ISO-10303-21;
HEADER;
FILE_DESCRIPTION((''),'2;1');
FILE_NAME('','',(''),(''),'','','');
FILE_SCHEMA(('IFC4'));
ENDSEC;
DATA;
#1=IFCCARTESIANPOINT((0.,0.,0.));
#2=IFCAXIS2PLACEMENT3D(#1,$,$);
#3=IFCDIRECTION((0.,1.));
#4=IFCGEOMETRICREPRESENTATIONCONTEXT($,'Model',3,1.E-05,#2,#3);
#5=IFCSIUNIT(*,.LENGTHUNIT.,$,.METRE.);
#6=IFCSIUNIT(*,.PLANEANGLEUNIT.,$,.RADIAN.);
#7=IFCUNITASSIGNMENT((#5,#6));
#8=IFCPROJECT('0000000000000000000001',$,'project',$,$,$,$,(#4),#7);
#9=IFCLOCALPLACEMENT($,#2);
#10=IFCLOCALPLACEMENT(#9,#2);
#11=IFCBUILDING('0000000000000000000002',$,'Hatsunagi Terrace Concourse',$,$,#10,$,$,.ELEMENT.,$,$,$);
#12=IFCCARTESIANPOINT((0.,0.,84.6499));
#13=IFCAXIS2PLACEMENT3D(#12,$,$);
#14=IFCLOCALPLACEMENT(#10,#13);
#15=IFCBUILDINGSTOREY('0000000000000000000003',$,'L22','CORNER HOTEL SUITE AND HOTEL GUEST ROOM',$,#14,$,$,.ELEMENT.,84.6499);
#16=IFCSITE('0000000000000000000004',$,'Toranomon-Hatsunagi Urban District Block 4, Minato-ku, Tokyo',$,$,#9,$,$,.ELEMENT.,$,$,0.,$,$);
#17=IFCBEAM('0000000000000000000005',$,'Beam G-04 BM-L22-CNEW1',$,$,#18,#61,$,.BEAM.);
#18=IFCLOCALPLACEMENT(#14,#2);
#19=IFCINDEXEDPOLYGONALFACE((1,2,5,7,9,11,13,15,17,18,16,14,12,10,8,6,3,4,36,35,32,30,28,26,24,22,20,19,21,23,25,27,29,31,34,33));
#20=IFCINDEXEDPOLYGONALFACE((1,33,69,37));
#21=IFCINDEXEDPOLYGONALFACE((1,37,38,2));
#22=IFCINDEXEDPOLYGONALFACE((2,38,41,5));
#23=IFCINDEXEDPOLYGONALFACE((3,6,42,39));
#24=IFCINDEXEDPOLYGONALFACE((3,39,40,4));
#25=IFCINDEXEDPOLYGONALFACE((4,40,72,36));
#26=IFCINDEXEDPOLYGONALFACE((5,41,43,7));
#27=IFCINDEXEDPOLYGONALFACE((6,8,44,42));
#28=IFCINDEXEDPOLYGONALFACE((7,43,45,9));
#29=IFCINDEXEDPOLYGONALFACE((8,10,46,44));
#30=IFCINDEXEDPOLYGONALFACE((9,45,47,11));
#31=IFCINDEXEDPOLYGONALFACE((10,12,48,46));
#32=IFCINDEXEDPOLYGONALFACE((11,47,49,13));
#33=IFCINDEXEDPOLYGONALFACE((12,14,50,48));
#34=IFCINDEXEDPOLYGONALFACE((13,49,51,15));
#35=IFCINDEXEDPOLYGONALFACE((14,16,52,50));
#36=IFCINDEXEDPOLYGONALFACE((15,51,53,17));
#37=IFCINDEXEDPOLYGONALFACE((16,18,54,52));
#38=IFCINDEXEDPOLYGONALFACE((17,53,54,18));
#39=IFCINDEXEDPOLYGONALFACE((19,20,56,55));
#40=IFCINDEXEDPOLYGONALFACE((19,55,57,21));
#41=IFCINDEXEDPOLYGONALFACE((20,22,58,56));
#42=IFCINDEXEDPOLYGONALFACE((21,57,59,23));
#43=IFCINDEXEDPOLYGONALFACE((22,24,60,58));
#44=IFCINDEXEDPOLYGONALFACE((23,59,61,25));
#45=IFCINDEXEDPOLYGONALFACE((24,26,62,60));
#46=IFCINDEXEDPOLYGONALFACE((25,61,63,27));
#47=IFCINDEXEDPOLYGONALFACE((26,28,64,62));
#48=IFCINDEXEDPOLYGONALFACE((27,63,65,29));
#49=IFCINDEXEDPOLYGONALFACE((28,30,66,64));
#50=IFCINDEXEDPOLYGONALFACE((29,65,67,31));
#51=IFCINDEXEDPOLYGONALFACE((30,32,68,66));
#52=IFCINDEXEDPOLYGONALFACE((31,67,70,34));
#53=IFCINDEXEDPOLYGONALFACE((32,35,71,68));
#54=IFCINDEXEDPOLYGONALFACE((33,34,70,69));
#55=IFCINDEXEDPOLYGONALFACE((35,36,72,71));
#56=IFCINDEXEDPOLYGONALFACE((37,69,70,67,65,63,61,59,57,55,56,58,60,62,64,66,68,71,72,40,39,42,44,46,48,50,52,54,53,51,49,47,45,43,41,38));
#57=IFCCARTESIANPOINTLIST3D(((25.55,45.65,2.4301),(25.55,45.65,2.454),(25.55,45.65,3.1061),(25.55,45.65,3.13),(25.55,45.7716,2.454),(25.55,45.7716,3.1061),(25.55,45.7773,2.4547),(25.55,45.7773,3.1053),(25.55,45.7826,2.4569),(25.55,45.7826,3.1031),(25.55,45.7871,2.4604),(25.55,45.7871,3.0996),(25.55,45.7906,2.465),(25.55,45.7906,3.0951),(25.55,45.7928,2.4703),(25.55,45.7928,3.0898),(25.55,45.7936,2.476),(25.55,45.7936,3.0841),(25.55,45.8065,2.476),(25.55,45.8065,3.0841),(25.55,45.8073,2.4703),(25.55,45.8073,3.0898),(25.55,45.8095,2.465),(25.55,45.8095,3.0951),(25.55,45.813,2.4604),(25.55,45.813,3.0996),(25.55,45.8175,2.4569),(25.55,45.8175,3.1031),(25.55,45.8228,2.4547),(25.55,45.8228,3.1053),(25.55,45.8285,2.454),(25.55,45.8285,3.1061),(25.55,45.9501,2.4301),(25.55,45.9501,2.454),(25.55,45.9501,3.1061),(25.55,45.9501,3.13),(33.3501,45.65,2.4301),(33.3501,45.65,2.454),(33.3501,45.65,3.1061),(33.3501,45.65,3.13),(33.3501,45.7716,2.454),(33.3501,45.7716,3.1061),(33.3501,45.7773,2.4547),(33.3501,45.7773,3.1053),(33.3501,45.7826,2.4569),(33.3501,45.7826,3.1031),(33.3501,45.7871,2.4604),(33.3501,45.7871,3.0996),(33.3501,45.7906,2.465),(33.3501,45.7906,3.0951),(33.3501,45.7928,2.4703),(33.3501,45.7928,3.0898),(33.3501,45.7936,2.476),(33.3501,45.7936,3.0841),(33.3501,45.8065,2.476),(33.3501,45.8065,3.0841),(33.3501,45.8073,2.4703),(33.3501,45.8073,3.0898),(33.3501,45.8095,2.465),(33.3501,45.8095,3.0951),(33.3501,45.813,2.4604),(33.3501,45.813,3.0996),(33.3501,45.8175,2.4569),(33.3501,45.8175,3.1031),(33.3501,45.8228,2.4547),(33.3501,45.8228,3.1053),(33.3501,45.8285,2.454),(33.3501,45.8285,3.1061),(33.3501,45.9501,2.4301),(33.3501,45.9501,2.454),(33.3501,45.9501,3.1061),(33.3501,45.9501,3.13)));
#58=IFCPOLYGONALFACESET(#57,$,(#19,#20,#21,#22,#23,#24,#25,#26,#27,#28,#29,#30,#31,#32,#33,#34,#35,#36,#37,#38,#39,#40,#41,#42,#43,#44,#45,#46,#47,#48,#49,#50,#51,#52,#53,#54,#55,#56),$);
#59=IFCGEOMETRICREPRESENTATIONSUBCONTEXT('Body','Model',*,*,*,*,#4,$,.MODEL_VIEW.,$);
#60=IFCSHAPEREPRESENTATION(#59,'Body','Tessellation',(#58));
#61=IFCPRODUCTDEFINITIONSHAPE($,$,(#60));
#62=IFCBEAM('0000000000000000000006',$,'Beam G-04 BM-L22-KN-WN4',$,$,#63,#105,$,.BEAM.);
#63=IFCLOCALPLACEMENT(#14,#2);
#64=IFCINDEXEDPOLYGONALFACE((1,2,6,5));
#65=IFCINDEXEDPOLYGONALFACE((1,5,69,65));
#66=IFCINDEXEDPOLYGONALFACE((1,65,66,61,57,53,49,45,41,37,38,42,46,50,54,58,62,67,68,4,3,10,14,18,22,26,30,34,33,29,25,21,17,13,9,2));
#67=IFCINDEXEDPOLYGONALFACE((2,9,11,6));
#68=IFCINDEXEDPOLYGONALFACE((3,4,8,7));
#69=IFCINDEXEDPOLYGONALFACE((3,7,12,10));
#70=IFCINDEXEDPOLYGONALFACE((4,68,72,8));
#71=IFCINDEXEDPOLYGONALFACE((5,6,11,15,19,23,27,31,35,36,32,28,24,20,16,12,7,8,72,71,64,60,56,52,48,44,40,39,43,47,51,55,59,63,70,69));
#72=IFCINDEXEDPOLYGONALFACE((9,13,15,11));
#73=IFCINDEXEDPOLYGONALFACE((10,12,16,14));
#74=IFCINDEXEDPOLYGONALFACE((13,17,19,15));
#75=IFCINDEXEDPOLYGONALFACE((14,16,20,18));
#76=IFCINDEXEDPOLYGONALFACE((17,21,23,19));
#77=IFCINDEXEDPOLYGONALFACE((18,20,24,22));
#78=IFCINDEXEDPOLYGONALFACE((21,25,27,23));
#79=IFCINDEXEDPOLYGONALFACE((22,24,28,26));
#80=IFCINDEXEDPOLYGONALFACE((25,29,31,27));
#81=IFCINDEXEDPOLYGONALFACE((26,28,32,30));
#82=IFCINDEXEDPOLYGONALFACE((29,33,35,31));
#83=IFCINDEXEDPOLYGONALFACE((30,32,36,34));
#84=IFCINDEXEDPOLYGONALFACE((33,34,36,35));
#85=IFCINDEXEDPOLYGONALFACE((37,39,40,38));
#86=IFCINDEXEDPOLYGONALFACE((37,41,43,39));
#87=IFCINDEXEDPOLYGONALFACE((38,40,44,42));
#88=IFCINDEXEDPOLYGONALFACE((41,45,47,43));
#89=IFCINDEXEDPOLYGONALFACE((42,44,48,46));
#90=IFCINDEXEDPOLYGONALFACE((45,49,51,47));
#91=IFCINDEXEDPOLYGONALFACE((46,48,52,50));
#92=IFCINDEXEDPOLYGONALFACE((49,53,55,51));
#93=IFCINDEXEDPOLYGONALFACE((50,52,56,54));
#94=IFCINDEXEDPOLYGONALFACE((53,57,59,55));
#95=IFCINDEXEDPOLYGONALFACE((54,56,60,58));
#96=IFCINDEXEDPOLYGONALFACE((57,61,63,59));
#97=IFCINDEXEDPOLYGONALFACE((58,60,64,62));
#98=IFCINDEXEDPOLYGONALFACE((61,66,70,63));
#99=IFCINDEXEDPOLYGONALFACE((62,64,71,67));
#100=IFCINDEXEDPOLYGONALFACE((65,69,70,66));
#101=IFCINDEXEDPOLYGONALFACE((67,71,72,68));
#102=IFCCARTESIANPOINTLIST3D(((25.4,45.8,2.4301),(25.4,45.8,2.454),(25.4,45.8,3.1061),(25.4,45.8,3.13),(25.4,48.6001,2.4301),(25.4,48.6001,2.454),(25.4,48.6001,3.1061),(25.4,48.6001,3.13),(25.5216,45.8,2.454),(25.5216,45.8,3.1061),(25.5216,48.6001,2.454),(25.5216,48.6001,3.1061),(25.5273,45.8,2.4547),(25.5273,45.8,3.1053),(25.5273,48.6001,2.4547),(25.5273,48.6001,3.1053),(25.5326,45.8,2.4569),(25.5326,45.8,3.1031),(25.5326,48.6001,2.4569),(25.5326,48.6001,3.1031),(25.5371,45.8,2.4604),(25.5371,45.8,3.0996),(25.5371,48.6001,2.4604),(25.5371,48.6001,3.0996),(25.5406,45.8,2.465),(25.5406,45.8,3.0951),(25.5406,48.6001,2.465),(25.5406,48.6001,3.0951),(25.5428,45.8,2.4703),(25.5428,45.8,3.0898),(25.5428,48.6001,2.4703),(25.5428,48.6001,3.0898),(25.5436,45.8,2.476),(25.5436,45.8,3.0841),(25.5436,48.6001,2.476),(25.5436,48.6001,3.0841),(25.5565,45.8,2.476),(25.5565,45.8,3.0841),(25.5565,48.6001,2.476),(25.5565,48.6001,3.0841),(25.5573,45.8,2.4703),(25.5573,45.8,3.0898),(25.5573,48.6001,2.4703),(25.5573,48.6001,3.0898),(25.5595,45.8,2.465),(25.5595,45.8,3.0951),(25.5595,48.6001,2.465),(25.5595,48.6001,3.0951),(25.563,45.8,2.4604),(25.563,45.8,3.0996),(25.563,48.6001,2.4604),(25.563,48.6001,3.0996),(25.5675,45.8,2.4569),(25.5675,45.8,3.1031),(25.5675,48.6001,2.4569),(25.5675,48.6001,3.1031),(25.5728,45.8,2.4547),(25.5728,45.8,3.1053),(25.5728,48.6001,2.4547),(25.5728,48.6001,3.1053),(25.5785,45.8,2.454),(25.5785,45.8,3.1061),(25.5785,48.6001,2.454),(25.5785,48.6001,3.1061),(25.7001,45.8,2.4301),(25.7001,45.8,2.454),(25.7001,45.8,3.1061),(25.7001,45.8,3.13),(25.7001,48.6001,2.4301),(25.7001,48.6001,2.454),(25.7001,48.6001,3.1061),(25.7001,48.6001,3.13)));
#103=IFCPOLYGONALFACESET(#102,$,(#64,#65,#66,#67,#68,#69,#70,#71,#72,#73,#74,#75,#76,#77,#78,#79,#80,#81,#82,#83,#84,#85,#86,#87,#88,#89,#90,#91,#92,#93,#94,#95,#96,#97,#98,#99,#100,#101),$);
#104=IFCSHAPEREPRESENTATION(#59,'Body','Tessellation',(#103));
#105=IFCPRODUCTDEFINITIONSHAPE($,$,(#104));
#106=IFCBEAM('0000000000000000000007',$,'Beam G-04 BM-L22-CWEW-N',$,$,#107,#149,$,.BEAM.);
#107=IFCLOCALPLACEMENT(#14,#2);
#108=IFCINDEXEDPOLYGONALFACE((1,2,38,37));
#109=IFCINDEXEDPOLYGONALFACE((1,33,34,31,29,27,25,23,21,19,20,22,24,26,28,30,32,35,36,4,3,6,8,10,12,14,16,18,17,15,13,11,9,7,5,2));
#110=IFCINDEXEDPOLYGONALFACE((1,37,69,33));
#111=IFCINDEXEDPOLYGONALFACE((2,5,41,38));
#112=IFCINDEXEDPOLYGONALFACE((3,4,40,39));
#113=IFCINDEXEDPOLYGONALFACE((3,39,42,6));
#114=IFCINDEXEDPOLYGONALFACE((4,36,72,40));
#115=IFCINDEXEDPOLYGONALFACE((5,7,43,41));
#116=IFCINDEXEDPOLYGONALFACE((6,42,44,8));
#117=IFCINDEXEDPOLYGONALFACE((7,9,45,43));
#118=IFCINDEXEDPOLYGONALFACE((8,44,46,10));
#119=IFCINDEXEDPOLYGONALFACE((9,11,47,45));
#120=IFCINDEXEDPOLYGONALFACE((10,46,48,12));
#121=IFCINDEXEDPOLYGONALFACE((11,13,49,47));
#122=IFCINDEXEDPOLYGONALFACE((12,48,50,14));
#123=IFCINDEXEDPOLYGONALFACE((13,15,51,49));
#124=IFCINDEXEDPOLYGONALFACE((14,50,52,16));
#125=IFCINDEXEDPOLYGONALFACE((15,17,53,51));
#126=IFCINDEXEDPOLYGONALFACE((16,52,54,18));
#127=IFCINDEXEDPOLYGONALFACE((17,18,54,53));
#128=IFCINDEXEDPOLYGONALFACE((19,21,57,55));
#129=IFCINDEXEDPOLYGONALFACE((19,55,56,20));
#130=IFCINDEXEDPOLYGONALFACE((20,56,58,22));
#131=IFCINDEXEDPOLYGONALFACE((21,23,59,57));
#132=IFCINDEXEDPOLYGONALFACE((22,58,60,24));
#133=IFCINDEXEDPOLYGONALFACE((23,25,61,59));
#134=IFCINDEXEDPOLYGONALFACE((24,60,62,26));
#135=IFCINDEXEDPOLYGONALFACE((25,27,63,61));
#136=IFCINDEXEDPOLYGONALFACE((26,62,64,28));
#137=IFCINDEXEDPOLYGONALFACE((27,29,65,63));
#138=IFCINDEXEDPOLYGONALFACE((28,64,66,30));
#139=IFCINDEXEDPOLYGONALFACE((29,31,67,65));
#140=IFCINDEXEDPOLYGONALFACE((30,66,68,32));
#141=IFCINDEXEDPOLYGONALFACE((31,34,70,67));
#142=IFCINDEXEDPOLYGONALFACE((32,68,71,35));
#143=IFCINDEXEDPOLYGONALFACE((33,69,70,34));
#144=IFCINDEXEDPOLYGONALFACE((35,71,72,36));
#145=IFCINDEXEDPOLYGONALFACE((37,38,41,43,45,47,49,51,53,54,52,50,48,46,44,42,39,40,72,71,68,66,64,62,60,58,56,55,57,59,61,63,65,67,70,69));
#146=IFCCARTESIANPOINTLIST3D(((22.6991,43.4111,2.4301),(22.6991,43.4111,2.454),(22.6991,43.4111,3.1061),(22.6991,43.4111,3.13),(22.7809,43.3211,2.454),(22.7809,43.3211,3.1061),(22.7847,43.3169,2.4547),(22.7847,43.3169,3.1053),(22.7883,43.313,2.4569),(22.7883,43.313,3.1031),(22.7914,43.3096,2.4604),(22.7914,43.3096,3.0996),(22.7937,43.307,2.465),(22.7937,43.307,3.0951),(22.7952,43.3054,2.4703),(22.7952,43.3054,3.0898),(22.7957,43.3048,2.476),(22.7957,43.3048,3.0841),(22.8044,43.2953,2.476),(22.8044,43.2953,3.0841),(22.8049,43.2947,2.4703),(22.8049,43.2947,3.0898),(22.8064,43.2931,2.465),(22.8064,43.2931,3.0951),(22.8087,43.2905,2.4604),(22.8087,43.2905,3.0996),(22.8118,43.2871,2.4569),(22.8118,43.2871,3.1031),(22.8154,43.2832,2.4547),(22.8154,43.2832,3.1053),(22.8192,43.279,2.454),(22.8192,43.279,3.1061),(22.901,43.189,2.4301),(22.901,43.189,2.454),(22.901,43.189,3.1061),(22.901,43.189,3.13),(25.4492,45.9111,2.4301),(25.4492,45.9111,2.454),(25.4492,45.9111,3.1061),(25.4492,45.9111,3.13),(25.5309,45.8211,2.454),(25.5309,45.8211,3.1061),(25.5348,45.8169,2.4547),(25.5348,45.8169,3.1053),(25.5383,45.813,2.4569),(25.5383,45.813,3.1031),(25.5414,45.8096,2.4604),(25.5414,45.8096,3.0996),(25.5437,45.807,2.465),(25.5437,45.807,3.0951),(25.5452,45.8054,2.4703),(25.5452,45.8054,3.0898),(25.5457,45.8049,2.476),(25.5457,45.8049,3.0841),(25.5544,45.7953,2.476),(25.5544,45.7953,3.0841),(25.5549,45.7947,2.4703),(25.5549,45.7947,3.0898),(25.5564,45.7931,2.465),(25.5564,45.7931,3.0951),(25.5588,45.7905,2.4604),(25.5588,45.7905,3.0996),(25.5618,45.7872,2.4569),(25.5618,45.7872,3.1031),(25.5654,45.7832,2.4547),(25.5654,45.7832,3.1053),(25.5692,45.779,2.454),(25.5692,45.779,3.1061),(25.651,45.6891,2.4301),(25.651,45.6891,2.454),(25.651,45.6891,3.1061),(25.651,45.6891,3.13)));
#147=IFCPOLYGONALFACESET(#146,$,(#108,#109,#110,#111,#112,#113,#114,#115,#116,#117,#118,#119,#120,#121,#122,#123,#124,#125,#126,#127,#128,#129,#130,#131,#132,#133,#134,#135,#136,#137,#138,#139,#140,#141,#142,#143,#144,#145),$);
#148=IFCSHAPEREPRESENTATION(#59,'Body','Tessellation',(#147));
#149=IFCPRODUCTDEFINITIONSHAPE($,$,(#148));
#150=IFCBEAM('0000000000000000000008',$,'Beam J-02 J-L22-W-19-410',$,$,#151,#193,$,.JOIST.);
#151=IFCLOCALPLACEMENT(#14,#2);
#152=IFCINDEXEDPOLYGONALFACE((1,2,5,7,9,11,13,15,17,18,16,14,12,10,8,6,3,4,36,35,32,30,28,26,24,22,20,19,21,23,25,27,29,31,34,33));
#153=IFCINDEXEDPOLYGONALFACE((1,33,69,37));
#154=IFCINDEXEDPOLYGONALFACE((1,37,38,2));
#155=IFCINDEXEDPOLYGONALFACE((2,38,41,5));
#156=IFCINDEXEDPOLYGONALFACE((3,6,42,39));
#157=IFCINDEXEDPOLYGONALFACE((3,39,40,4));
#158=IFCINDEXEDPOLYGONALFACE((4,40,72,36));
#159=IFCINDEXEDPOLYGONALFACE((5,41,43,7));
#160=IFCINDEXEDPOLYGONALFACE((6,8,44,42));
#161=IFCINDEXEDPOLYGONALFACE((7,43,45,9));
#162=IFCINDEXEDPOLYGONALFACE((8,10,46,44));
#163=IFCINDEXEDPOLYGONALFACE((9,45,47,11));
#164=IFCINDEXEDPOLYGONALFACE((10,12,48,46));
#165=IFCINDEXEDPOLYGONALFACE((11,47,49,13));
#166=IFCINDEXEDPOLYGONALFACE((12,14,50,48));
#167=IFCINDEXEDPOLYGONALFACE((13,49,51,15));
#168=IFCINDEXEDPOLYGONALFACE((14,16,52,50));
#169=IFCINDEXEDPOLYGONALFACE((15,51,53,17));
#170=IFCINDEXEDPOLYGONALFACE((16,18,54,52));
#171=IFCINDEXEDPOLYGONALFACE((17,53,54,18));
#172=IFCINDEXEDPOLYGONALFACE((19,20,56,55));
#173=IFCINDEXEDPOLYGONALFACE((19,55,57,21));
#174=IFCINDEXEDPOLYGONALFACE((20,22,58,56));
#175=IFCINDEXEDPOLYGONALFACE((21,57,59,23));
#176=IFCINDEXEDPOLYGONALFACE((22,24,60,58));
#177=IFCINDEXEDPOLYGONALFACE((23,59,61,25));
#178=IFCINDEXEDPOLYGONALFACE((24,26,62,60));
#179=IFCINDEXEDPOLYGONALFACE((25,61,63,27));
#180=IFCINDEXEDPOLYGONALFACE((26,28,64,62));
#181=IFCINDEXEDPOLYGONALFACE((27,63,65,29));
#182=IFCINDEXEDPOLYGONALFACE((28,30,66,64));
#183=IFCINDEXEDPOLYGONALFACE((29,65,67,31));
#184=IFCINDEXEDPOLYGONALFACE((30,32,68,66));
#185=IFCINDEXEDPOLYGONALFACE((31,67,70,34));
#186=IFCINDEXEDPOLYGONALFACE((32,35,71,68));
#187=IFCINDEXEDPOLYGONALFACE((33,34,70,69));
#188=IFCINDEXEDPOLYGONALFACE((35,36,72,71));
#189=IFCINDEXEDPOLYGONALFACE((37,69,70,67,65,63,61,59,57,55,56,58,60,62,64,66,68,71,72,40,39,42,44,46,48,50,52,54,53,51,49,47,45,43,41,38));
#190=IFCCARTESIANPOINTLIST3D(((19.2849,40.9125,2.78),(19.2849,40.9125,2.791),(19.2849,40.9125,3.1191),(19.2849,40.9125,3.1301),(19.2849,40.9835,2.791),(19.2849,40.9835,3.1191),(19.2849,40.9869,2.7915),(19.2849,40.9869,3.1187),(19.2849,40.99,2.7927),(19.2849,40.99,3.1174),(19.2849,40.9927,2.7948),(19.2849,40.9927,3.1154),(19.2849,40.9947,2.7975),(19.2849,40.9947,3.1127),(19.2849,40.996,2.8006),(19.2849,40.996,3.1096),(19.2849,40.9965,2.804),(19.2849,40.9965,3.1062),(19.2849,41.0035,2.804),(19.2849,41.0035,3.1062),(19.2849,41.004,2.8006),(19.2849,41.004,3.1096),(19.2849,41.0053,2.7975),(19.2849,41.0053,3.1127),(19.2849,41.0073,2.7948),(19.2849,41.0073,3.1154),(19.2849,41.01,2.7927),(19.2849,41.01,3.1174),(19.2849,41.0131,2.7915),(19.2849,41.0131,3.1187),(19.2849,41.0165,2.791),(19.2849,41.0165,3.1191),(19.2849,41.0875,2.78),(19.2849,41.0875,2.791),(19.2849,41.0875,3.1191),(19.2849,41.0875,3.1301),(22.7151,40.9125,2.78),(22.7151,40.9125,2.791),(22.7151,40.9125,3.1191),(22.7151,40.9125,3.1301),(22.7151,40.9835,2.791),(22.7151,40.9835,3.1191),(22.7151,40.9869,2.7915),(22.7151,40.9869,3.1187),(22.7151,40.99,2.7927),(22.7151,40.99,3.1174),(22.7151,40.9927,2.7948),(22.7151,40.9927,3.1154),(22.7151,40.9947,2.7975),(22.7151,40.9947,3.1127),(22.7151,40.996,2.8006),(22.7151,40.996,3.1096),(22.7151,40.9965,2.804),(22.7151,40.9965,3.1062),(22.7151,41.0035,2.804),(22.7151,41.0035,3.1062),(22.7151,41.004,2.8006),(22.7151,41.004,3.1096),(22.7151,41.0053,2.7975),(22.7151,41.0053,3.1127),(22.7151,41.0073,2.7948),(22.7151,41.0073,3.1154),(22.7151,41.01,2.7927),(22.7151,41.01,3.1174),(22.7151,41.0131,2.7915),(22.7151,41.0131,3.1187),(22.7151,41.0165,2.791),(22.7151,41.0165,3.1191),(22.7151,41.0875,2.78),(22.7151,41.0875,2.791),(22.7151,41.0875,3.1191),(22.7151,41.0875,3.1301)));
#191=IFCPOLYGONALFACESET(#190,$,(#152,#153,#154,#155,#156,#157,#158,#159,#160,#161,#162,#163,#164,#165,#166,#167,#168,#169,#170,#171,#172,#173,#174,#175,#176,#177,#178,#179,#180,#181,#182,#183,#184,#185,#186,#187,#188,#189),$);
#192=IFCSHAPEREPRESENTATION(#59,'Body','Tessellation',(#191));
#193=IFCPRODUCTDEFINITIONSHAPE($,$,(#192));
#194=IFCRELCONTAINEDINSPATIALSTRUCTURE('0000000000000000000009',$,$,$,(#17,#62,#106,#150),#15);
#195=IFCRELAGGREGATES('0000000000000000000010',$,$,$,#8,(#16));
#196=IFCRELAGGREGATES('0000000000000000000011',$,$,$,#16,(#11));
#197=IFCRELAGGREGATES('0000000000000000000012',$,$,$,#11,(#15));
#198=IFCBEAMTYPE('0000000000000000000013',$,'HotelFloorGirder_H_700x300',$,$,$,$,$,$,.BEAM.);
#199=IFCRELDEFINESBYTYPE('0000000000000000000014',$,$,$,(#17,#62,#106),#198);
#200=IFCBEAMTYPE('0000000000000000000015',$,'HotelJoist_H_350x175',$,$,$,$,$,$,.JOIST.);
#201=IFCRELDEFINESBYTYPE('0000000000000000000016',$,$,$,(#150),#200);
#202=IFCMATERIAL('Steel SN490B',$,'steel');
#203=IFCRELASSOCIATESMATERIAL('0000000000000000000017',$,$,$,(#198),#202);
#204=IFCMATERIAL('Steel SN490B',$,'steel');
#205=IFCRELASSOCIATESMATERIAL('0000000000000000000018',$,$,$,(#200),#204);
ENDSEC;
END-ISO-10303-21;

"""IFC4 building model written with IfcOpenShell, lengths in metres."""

from ifc_helpers import new_model, si_unit, direction, frame, origin, origin_2d, place, context, subcontext, project, spatial, i_section, extrude, material, material_profile, profile_set, type_object, element, save


model = new_model("IFC4")

# Units and contexts
model_context = context("Model", 3, precision=1e-05, world=origin(), true_north=direction((0.0, 1.0)))
body_context = subcontext(model_context, "Body", "Model", "MODEL_VIEW")
ifc_project = project(units=[si_unit("LENGTHUNIT", "METRE"), si_unit("PLANEANGLEUNIT", "RADIAN")], contexts=[model_context])

# Site, building, storey
site_placement = place(None, origin())
site = spatial("IfcSite", under=ifc_project, at=site_placement, Name="Toranomon-Hatsunagi Urban District Block 4, Minato-ku, Tokyo", CompositionType="ELEMENT", RefElevation=0.0)
building_placement = place(site_placement, origin())
building = spatial("IfcBuilding", under=site, at=building_placement, Name="Hatsunagi Terrace Concourse", CompositionType="ELEMENT")
storey_placement = place(building_placement, frame((0.0, 0.0, 84.6499)))
storey = spatial("IfcBuildingStorey", under=building, at=storey_placement, Name="L22", Description="CORNER HOTEL SUITE AND HOTEL GUEST ROOM", CompositionType="ELEMENT", Elevation=84.6499)

# Beams
ifc_material_1 = material(Name="Steel SN490B", Category="steel")
ifc_material_profile_1 = material_profile(ifc_material_1, i_section(OverallWidth=0.3, OverallDepth=0.7, WebThickness=0.0129, FlangeThickness=0.0239, FilletRadius=0.022, at=origin_2d()), Name="H-700x300x13x24")
ifc_profile_set_1 = profile_set([ifc_material_profile_1], Name="Steel SN490B")
beam_type_1 = type_object("IfcBeamType", Name="HotelFloorGirder_H_700x300", PredefinedType="BEAM", material=ifc_profile_set_1)
beam_1_placement = place(storey_placement, frame((25.55, 45.8, 2.78), z_axis=(1.0, 0.0, 0.0), x_axis=(0.0, 1.0, 0.0)))
element("IfcBeam", 1, at=beam_1_placement, inside=storey, type_object=beam_type_1, Name="Beam G-04 BM-L22-CNEW1", PredefinedType="BEAM", context=body_context, shape_type="SweptSolid", body=[
    extrude(i_section(OverallWidth=0.3, OverallDepth=0.7, WebThickness=0.0129, FlangeThickness=0.0239, FilletRadius=0.022, at=origin_2d()), origin(), (0.0, 0.0, 1.0), 7.8),
])
beam_2_placement = place(storey_placement, frame((25.55, 45.8, 2.78), z_axis=(0.0, 1.0, 0.0), x_axis=(-1.0, 0.0, 0.0)))
element("IfcBeam", 2, at=beam_2_placement, inside=storey, type_object=beam_type_1, Name="Beam G-04 BM-L22-KN-WN4", PredefinedType="BEAM", context=body_context, shape_type="SweptSolid", body=[
    extrude(i_section(OverallWidth=0.3, OverallDepth=0.7, WebThickness=0.0129, FlangeThickness=0.0239, FilletRadius=0.022, at=origin_2d()), origin(), (0.0, 0.0, 1.0), 2.8),
])
beam_3_placement = place(storey_placement, frame((22.8, 43.3, 2.78), z_axis=(0.73994, 0.672673, 0.0), x_axis=(-0.672673, 0.73994, 0.0)))
element("IfcBeam", 3, at=beam_3_placement, inside=storey, type_object=beam_type_1, Name="Beam G-04 BM-L22-CWEW-N", PredefinedType="BEAM", context=body_context, shape_type="SweptSolid", body=[
    extrude(i_section(OverallWidth=0.3, OverallDepth=0.7, WebThickness=0.0129, FlangeThickness=0.0239, FilletRadius=0.022, at=origin_2d()), origin(), (0.0, 0.0, 1.0), 3.7166),
])
ifc_material_2 = material(Name="Steel SN490B", Category="steel")
ifc_material_profile_2 = material_profile(ifc_material_2, i_section(OverallWidth=0.175, OverallDepth=0.3501, WebThickness=0.0071, FlangeThickness=0.011, FilletRadius=0.0129, at=origin_2d()), Name="H-350x175x7x11")
ifc_profile_set_2 = profile_set([ifc_material_profile_2], Name="Steel SN490B")
beam_type_2 = type_object("IfcBeamType", Name="HotelJoist_H_350x175", PredefinedType="JOIST", material=ifc_profile_set_2)
beam_4_placement = place(storey_placement, frame((19.2849, 41.0, 2.9551), z_axis=(1.0, 0.0, 0.0), x_axis=(0.0, 1.0, 0.0)))
element("IfcBeam", 4, at=beam_4_placement, inside=storey, type_object=beam_type_2, Name="Beam J-02 J-L22-W-19-410", PredefinedType="JOIST", context=body_context, shape_type="SweptSolid", body=[
    extrude(i_section(OverallWidth=0.175, OverallDepth=0.3501, WebThickness=0.0071, FlangeThickness=0.011, FilletRadius=0.0129, at=origin_2d()), origin(), (0.0, 0.0, 1.0), 3.4302),
])

save(model, "model.ifc")
